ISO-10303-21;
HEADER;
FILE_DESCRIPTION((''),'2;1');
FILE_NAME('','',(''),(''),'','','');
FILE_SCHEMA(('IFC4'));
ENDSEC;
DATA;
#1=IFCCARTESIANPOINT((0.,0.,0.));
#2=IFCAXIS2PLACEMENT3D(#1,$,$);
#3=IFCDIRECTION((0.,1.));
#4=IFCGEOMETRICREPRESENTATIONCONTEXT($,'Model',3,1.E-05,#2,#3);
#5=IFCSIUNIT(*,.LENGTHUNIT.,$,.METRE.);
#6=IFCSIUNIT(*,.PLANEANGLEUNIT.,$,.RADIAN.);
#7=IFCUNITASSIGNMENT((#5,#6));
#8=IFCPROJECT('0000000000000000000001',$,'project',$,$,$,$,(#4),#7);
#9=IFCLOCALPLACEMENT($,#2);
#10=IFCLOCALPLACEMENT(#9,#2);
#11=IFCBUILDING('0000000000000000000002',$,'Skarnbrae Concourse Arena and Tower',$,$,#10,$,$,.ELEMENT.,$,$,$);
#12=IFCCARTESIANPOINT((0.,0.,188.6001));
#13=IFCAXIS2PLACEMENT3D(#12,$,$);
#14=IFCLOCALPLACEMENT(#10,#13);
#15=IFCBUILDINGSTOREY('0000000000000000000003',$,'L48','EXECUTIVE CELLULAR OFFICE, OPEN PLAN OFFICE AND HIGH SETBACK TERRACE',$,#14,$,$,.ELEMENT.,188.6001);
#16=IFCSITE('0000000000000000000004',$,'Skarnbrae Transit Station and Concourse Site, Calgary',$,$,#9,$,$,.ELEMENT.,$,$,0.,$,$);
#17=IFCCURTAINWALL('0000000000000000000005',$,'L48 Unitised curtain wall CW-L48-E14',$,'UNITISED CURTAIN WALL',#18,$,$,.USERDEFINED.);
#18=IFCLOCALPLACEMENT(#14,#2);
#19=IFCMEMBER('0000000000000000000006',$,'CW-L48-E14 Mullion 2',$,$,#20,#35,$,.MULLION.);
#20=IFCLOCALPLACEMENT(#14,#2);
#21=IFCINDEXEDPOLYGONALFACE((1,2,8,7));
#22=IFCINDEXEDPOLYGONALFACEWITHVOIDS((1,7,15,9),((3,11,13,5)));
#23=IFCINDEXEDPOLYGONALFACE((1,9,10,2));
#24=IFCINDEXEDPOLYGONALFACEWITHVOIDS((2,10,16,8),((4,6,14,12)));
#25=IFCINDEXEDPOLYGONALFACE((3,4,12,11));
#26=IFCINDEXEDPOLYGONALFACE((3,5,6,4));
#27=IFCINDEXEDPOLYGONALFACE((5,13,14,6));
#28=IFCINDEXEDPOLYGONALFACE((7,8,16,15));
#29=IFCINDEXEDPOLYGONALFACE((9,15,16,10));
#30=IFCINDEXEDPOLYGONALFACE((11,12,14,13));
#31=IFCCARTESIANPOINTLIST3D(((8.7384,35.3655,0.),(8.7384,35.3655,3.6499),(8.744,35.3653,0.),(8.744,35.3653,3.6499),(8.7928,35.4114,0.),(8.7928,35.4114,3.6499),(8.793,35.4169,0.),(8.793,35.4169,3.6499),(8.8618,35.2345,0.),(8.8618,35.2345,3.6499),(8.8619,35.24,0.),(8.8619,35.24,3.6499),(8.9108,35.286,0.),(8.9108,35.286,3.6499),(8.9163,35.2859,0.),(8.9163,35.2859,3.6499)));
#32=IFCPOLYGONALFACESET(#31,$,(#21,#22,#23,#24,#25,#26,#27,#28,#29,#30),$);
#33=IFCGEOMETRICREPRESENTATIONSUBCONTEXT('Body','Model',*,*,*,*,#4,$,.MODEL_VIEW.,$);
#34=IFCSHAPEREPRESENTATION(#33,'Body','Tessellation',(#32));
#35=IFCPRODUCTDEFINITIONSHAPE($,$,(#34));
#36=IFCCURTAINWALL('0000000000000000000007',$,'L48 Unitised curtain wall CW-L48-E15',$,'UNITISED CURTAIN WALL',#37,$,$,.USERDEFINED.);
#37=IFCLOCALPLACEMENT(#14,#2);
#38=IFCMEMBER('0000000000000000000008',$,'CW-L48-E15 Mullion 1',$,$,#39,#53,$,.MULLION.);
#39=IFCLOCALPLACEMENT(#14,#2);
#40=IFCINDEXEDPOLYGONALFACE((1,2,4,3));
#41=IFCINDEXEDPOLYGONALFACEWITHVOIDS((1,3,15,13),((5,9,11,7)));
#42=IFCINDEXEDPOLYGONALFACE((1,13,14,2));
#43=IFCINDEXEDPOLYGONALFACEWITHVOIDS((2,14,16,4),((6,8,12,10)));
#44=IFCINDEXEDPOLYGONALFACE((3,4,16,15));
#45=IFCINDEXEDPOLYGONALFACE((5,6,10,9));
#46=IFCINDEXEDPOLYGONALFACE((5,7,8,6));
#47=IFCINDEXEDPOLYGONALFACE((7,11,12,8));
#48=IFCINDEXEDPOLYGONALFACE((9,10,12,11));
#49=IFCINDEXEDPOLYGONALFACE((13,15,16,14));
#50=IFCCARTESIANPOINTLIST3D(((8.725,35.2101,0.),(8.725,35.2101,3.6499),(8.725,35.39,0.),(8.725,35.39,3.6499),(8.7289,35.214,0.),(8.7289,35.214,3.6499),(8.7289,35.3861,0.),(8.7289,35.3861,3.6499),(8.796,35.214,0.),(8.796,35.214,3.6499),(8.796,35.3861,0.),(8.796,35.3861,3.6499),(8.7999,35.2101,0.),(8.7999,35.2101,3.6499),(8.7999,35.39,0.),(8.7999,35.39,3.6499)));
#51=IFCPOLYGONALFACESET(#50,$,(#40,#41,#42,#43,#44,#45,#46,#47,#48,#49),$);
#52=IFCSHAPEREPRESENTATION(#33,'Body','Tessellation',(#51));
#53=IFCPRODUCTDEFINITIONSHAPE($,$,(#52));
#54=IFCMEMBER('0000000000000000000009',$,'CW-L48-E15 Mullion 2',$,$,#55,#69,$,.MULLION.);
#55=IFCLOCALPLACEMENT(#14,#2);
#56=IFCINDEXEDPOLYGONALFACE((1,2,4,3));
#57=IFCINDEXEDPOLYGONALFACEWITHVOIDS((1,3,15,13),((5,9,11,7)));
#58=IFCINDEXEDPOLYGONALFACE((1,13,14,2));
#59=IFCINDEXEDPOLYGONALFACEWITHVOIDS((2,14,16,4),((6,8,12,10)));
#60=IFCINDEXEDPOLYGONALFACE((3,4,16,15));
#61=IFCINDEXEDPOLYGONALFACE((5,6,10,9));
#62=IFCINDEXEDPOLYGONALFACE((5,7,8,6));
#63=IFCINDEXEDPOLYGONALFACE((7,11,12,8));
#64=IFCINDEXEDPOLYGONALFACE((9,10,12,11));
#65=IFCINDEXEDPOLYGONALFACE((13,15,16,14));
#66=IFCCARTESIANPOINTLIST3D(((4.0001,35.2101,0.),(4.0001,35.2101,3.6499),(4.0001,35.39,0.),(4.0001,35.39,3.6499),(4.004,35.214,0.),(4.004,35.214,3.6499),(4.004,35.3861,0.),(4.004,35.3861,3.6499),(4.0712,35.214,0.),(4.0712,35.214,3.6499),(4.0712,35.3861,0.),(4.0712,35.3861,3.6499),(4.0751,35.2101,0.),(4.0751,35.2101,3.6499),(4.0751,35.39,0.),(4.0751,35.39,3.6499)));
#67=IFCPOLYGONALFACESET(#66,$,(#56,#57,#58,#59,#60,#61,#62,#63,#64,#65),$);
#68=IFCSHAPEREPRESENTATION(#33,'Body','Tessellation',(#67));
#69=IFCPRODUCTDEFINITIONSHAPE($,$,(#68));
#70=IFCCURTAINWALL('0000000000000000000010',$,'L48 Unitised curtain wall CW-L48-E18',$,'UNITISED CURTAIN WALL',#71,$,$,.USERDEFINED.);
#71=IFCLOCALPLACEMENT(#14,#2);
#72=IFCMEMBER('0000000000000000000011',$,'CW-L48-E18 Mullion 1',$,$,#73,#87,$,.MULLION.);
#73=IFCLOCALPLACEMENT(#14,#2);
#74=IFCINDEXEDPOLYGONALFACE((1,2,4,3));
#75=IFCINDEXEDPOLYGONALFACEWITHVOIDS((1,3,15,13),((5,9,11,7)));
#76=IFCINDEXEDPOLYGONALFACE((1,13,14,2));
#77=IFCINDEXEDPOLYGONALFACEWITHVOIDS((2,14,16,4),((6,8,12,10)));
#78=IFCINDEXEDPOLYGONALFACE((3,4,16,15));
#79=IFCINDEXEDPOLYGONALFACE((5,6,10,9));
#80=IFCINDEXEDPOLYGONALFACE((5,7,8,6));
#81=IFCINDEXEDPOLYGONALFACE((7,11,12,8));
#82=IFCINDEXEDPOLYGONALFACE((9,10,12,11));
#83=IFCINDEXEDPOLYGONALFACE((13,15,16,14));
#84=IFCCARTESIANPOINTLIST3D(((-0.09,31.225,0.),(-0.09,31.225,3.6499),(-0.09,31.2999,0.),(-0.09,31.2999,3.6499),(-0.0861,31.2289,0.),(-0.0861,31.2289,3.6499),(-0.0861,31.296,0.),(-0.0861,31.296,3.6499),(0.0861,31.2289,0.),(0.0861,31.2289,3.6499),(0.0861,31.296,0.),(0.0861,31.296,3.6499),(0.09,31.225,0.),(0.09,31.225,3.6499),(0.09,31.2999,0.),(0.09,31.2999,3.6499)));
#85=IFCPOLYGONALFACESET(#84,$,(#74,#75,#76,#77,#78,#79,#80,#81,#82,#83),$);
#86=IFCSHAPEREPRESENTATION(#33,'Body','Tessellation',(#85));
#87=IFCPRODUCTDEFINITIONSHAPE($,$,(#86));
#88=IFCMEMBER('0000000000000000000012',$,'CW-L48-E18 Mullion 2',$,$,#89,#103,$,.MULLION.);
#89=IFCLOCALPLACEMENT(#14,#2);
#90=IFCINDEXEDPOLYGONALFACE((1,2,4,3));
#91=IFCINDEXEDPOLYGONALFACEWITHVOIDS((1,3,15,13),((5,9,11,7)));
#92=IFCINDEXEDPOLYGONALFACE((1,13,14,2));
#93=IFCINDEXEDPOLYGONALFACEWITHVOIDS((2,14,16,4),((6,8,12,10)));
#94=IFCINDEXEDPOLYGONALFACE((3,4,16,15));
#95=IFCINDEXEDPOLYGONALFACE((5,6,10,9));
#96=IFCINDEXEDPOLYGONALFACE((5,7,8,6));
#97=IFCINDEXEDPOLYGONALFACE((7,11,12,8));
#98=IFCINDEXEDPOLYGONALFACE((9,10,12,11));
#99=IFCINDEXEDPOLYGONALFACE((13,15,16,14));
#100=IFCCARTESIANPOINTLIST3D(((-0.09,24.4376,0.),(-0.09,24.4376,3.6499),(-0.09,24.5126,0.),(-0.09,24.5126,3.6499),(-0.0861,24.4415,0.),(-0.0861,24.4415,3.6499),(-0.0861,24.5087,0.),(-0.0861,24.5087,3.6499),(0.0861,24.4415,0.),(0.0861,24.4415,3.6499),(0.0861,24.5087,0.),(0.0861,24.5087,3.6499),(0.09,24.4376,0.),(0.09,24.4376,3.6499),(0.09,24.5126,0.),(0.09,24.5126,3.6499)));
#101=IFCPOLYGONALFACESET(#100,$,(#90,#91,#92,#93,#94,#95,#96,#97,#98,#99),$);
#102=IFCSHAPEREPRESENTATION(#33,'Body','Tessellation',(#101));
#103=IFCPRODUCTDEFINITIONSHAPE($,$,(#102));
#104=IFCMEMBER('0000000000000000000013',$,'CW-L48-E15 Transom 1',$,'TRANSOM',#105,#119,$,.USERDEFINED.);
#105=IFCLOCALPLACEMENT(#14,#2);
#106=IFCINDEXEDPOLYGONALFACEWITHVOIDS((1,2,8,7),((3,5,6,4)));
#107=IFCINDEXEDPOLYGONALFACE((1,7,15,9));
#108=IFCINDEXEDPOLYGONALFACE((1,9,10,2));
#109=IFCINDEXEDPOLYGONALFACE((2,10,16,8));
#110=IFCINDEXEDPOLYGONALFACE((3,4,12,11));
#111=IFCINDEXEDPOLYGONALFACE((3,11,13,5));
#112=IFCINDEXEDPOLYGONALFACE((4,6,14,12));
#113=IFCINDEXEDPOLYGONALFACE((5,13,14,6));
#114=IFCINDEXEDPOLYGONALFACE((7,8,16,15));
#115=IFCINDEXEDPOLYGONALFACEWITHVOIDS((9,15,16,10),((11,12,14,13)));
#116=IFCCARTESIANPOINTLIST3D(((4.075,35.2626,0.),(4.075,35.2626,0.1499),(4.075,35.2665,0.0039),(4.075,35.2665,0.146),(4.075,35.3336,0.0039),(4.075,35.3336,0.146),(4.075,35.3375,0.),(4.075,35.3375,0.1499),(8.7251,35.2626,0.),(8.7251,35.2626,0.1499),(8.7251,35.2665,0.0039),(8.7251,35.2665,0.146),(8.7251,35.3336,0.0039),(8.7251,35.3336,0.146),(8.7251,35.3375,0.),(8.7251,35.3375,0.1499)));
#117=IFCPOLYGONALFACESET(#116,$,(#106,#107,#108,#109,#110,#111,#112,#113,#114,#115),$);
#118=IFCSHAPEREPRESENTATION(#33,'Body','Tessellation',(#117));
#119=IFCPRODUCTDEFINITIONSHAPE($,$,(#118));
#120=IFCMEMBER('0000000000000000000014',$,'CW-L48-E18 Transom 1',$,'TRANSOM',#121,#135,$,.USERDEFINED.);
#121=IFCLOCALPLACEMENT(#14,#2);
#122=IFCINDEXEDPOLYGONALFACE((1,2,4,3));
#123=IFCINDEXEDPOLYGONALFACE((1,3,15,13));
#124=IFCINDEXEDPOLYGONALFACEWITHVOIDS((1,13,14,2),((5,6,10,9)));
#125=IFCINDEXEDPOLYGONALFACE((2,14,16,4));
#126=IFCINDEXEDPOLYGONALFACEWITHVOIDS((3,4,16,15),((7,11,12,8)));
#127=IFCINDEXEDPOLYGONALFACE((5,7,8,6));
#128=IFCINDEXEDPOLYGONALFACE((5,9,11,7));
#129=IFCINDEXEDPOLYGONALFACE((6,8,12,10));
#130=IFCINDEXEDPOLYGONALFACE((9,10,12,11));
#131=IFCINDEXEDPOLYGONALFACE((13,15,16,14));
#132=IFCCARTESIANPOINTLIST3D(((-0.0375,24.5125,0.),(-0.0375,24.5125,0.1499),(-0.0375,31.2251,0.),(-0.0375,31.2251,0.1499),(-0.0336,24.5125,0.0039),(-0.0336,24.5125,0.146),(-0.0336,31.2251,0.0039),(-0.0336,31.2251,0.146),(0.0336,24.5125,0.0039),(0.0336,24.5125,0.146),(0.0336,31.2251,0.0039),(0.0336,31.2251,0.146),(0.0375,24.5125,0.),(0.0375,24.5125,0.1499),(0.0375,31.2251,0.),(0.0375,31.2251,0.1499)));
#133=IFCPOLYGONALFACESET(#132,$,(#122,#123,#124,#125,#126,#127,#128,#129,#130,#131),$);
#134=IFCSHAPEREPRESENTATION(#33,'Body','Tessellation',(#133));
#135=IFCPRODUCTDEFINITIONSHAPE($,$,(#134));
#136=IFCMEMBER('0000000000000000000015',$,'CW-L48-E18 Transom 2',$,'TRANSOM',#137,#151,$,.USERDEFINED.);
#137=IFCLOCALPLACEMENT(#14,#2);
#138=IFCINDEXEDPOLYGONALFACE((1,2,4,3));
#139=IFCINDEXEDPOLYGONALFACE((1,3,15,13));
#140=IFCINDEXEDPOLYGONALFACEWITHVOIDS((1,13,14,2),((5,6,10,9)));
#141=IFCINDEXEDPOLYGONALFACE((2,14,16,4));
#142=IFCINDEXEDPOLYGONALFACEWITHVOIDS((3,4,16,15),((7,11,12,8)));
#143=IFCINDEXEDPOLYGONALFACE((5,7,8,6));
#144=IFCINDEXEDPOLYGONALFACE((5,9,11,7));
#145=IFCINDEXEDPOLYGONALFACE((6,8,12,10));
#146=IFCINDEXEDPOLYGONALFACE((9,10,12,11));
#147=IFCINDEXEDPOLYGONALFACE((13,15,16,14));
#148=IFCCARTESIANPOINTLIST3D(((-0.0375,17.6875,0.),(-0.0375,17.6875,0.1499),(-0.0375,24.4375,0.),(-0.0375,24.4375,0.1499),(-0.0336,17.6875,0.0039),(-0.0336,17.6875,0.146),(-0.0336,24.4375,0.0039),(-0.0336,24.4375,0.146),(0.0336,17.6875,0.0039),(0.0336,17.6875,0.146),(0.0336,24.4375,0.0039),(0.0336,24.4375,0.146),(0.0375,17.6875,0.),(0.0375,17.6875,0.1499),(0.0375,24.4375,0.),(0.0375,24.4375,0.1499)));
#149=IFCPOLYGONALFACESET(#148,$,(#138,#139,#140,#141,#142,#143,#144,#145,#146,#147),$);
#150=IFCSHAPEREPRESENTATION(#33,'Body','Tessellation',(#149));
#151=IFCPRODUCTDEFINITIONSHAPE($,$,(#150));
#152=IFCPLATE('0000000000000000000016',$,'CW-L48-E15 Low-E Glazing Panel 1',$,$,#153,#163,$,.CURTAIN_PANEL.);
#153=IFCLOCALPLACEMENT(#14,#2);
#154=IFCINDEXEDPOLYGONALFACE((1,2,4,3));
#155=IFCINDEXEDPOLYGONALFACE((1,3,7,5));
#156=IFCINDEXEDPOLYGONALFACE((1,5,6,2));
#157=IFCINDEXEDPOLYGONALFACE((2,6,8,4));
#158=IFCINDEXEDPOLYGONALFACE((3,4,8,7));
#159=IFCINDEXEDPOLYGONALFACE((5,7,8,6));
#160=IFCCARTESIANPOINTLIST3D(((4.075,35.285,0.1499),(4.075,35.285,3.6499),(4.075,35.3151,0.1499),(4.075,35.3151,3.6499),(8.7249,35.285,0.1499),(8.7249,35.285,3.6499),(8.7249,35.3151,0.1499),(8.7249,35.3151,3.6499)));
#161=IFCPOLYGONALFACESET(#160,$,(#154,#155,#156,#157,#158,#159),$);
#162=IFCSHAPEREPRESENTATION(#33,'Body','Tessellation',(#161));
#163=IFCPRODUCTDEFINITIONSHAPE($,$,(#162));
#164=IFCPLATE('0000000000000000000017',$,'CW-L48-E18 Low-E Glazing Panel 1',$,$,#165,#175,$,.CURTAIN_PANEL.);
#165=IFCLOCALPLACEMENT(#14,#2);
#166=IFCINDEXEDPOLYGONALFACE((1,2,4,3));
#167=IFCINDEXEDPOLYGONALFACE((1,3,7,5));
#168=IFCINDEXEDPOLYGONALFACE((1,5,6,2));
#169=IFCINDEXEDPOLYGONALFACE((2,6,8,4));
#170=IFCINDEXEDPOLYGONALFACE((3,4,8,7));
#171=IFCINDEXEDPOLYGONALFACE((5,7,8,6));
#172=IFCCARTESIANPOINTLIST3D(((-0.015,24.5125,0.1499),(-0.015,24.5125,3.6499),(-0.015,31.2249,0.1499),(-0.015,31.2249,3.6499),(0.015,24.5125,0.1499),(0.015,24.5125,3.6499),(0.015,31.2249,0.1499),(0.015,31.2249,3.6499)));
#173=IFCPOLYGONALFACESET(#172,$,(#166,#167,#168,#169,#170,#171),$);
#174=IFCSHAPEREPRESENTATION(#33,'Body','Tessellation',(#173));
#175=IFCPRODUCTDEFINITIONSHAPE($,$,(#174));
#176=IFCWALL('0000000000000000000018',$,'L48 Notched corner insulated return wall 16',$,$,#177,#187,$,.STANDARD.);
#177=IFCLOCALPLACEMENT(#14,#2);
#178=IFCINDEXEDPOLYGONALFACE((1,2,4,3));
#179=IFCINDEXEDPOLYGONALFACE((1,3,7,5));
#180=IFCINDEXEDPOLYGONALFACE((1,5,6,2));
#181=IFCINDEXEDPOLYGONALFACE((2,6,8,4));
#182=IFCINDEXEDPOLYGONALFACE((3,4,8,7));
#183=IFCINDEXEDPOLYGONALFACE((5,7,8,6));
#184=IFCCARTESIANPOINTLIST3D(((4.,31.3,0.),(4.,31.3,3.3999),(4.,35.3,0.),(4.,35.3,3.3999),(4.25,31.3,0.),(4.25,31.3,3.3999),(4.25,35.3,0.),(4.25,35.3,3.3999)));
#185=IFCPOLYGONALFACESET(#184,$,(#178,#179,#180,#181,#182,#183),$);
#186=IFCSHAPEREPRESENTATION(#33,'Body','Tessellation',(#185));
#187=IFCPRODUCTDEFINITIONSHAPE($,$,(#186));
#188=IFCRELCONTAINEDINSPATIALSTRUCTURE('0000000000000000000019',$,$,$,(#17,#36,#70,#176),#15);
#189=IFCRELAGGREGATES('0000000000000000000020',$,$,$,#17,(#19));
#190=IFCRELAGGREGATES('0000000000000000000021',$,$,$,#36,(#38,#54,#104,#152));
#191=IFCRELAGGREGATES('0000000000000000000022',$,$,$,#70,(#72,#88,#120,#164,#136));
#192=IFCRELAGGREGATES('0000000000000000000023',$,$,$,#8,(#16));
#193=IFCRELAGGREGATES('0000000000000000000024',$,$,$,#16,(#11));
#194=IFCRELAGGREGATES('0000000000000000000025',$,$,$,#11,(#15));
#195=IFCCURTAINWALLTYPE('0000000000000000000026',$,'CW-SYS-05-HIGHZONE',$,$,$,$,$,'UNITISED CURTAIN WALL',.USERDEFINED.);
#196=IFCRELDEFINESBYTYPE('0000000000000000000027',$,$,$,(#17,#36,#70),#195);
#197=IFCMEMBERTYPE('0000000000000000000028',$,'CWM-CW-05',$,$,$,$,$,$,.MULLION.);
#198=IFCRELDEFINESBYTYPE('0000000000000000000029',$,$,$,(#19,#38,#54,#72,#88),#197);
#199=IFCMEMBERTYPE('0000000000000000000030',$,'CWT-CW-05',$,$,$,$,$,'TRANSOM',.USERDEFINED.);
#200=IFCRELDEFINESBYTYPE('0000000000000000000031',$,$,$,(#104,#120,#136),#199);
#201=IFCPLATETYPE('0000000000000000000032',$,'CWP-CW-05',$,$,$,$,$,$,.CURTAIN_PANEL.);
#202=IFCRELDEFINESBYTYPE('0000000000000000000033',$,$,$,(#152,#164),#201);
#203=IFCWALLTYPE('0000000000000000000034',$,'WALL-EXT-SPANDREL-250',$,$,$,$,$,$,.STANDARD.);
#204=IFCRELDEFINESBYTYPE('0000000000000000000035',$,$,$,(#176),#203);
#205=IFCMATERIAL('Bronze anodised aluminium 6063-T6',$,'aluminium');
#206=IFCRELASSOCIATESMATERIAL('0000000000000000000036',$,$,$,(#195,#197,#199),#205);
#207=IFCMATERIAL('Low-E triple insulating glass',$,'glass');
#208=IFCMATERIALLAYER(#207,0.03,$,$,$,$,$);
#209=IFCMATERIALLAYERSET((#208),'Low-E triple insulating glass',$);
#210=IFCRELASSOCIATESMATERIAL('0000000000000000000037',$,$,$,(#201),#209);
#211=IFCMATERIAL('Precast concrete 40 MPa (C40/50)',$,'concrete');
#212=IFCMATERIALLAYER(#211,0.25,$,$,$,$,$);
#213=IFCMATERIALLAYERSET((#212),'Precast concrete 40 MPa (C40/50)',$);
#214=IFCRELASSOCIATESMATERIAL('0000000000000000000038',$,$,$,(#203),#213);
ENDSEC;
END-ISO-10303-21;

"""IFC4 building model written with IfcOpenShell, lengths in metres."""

from ifc_helpers import new_model, si_unit, direction, frame, frame_2d, origin, origin_2d, place, context, subcontext, project, spatial, rectangle, hollow_rectangle, extrude, source, transform, mapped, material, layer, layer_set, material_profile, profile_set, type_object, element, aggregate, save


model = new_model("IFC4")

# Units and contexts
model_context = context("Model", 3, precision=1e-05, world=origin(), true_north=direction((0.0, 1.0)))
body_context = subcontext(model_context, "Body", "Model", "MODEL_VIEW")
ifc_project = project(units=[si_unit("LENGTHUNIT", "METRE"), si_unit("PLANEANGLEUNIT", "RADIAN")], contexts=[model_context])

# Site, building, storey
site_placement = place(None, origin())
site = spatial("IfcSite", under=ifc_project, at=site_placement, Name="Skarnbrae Transit Station and Concourse Site, Calgary", CompositionType="ELEMENT", RefElevation=0.0)
building_placement = place(site_placement, origin())
building = spatial("IfcBuilding", under=site, at=building_placement, Name="Skarnbrae Concourse Arena and Tower", CompositionType="ELEMENT")
storey_placement = place(building_placement, frame((0.0, 0.0, 188.6001)))
storey = spatial("IfcBuildingStorey", under=building, at=storey_placement, Name="L48", Description="EXECUTIVE CELLULAR OFFICE, OPEN PLAN OFFICE AND HIGH SETBACK TERRACE", CompositionType="ELEMENT", Elevation=188.6001)

# Curtain wall, member
ifc_material_1 = material(Name="Bronze anodised aluminium 6063-T6", Category="aluminium")
curtain_wall_type = type_object("IfcCurtainWallType", Name="CW-SYS-05-HIGHZONE", ElementType="UNITISED CURTAIN WALL", PredefinedType="USERDEFINED", material=ifc_material_1)
curtain_wall_1_placement = place(storey_placement, origin())
curtain_wall_1 = element("IfcCurtainWall", 1, at=curtain_wall_1_placement, inside=storey, type_object=curtain_wall_type, Name="L48 Unitised curtain wall CW-L48-E14", ObjectType="UNITISED CURTAIN WALL", PredefinedType="USERDEFINED")
ifc_material_profile_1 = material_profile(ifc_material_1, hollow_rectangle(XDim=0.075, YDim=0.1799, WallThickness=0.0039, at=origin_2d()), Name="ALU-MULL-75X180")
ifc_profile_set_1 = profile_set([ifc_material_profile_1], Name="Bronze anodised aluminium 6063-T6")
member_type_1 = type_object("IfcMemberType", Name="CWM-CW-05", PredefinedType="MULLION", material=ifc_profile_set_1)
shared_shape_1 = source(origin(), body_context, "Body", "SweptSolid", [
    extrude(hollow_rectangle(XDim=0.075, YDim=0.1799, WallThickness=0.0039, at=origin_2d()), origin(), (0.0, 0.0, 1.0), 3.6499),
])
member_1_placement = place(storey_placement, frame((8.8274, 35.3257, 0.0), z_axis=(0.0, 0.0, 1.0), x_axis=(-0.728131, -0.685438, 0.0)))
member_1 = element("IfcMember", 2, at=member_1_placement, type_object=member_type_1, Name="CW-L48-E14 Mullion 2", PredefinedType="MULLION", context=body_context, shape_type="MappedRepresentation", body=[
    mapped(shared_shape_1, transform((0.0, 0.0, 0.0))),
])
aggregate(curtain_wall_1, [member_1])

# Curtain walls, members
curtain_wall_2_placement = place(storey_placement, origin())
curtain_wall_2 = element("IfcCurtainWall", 3, at=curtain_wall_2_placement, inside=storey, type_object=curtain_wall_type, Name="L48 Unitised curtain wall CW-L48-E15", ObjectType="UNITISED CURTAIN WALL", PredefinedType="USERDEFINED")
member_2_placement = place(storey_placement, frame((8.7625, 35.3, 0.0), z_axis=(0.0, 0.0, 1.0), x_axis=(-1.0, 0.0, 0.0)))
member_2 = element("IfcMember", 4, at=member_2_placement, type_object=member_type_1, Name="CW-L48-E15 Mullion 1", PredefinedType="MULLION", context=body_context, shape_type="MappedRepresentation", body=[
    mapped(shared_shape_1, transform((0.0, 0.0, 0.0))),
])
member_3_placement = place(storey_placement, frame((4.0376, 35.3, 0.0), z_axis=(0.0, 0.0, 1.0), x_axis=(-1.0, 0.0, 0.0)))
member_3 = element("IfcMember", 5, at=member_3_placement, type_object=member_type_1, Name="CW-L48-E15 Mullion 2", PredefinedType="MULLION", context=body_context, shape_type="MappedRepresentation", body=[
    mapped(shared_shape_1, transform((0.0, 0.0, 0.0))),
])
curtain_wall_3_placement = place(storey_placement, origin())
curtain_wall_3 = element("IfcCurtainWall", 6, at=curtain_wall_3_placement, inside=storey, type_object=curtain_wall_type, Name="L48 Unitised curtain wall CW-L48-E18", ObjectType="UNITISED CURTAIN WALL", PredefinedType="USERDEFINED")
member_4_placement = place(storey_placement, frame((0.0, 31.2625, 0.0), z_axis=(0.0, 0.0, 1.0), x_axis=(0.0, -1.0, 0.0)))
member_4 = element("IfcMember", 7, at=member_4_placement, type_object=member_type_1, Name="CW-L48-E18 Mullion 1", PredefinedType="MULLION", context=body_context, shape_type="MappedRepresentation", body=[
    mapped(shared_shape_1, transform((0.0, 0.0, 0.0))),
])
member_5_placement = place(storey_placement, frame((0.0, 24.4751, 0.0), z_axis=(0.0, 0.0, 1.0), x_axis=(0.0, -1.0, 0.0)))
member_5 = element("IfcMember", 8, at=member_5_placement, type_object=member_type_1, Name="CW-L48-E18 Mullion 2", PredefinedType="MULLION", context=body_context, shape_type="MappedRepresentation", body=[
    mapped(shared_shape_1, transform((0.0, 0.0, 0.0))),
])

# Members
ifc_material_profile_2 = material_profile(ifc_material_1, hollow_rectangle(XDim=0.075, YDim=0.1499, WallThickness=0.0039, at=origin_2d()), Name="ALU-TRAN-75X150")
ifc_profile_set_2 = profile_set([ifc_material_profile_2], Name="Bronze anodised aluminium 6063-T6")
member_type_2 = type_object("IfcMemberType", Name="CWT-CW-05", ElementType="TRANSOM", PredefinedType="USERDEFINED", material=ifc_profile_set_2)
shared_shape_2 = source(origin(), body_context, "Body", "SweptSolid", [
    extrude(hollow_rectangle(XDim=0.075, YDim=0.1499, WallThickness=0.0039, at=origin_2d()), origin(), (0.0, 0.0, 1.0), 4.6501),
])
member_6_placement = place(storey_placement, frame((8.7251, 35.3, 0.075), z_axis=(-1.0, 0.0, 0.0), x_axis=(0.0, -1.0, 0.0)))
member_6 = element("IfcMember", 9, at=member_6_placement, type_object=member_type_2, Name="CW-L48-E15 Transom 1", ObjectType="TRANSOM", PredefinedType="USERDEFINED", context=body_context, shape_type="MappedRepresentation", body=[
    mapped(shared_shape_2, transform((0.0, 0.0, 0.0))),
])
shared_shape_3 = source(origin(), body_context, "Body", "SweptSolid", [
    extrude(hollow_rectangle(XDim=0.075, YDim=0.1499, WallThickness=0.0039, at=origin_2d()), origin(), (0.0, 0.0, 1.0), 6.7126),
])
member_7_placement = place(storey_placement, frame((0.0, 31.2251, 0.075), z_axis=(0.0, -1.0, 0.0), x_axis=(1.0, 0.0, 0.0)))
member_7 = element("IfcMember", 10, at=member_7_placement, type_object=member_type_2, Name="CW-L48-E18 Transom 1", ObjectType="TRANSOM", PredefinedType="USERDEFINED", context=body_context, shape_type="MappedRepresentation", body=[
    mapped(shared_shape_3, transform((0.0, 0.0, 0.0))),
])
shared_shape_4 = source(origin(), body_context, "Body", "SweptSolid", [
    extrude(hollow_rectangle(XDim=0.075, YDim=0.1499, WallThickness=0.0039, at=origin_2d()), origin(), (0.0, 0.0, 1.0), 6.75),
])
member_8_placement = place(storey_placement, frame((0.0, 24.4375, 0.075), z_axis=(0.0, -1.0, 0.0), x_axis=(1.0, 0.0, 0.0)))
member_8 = element("IfcMember", 11, at=member_8_placement, type_object=member_type_2, Name="CW-L48-E18 Transom 2", ObjectType="TRANSOM", PredefinedType="USERDEFINED", context=body_context, shape_type="MappedRepresentation", body=[
    mapped(shared_shape_4, transform((0.0, 0.0, 0.0))),
])

# Plates
ifc_material_2 = material(Name="Low-E triple insulating glass", Category="glass")
ifc_layer_1 = layer(ifc_material_2, 0.03)
ifc_layer_set_1 = layer_set([ifc_layer_1], Name="Low-E triple insulating glass")
plate_type = type_object("IfcPlateType", Name="CWP-CW-05", PredefinedType="CURTAIN_PANEL", material=ifc_layer_set_1)
shared_shape_5 = source(origin(), body_context, "Body", "SweptSolid", [
    extrude(rectangle(XDim=4.6499, YDim=0.03, at=origin_2d()), origin(), (0.0, 0.0, 1.0), 3.5),
])
plate_1_placement = place(storey_placement, frame((6.3999, 35.3, 0.1499), z_axis=(0.0, 0.0, 1.0), x_axis=(-1.0, 0.0, 0.0)))
plate_1 = element("IfcPlate", 12, at=plate_1_placement, type_object=plate_type, Name="CW-L48-E15 Low-E Glazing Panel 1", PredefinedType="CURTAIN_PANEL", context=body_context, shape_type="MappedRepresentation", body=[
    mapped(shared_shape_5, transform((0.0, 0.0, 0.0))),
])
aggregate(curtain_wall_2, [member_2, member_3, member_6, plate_1])
shared_shape_6 = source(origin(), body_context, "Body", "SweptSolid", [
    extrude(rectangle(XDim=6.7124, YDim=0.03, at=origin_2d()), origin(), (0.0, 0.0, 1.0), 3.5),
])
plate_2_placement = place(storey_placement, frame((0.0, 27.8687, 0.1499), z_axis=(0.0, 0.0, 1.0), x_axis=(0.0, -1.0, 0.0)))
plate_2 = element("IfcPlate", 13, at=plate_2_placement, type_object=plate_type, Name="CW-L48-E18 Low-E Glazing Panel 1", PredefinedType="CURTAIN_PANEL", context=body_context, shape_type="MappedRepresentation", body=[
    mapped(shared_shape_6, transform((0.0, 0.0, 0.0))),
])
aggregate(curtain_wall_3, [member_4, member_5, member_7, plate_2, member_8])

# Wall
ifc_material_3 = material(Name="Precast concrete 40 MPa (C40/50)", Category="concrete")
ifc_layer_2 = layer(ifc_material_3, 0.25)
ifc_layer_set_2 = layer_set([ifc_layer_2], Name="Precast concrete 40 MPa (C40/50)")
wall_type_1 = type_object("IfcWallType", Name="WALL-EXT-SPANDREL-250", PredefinedType="STANDARD", material=ifc_layer_set_2)
shared_shape_7 = source(origin(), body_context, "Body", "SweptSolid", [
    extrude(rectangle(XDim=4.0, YDim=0.25, at=frame_2d((2.0, 0.0))), origin(), (0.0, 0.0, 1.0), 3.3999),
])
for number, where, z_axis, x_axis, name in (
    (14, (4.125, 35.3, 0.0), (0.0, 0.0, 1.0), (0.0, -1.0, 0.0), "L48 Notched corner insulated return wall 16"),
):
    element("IfcWall", number, at=place(storey_placement, frame(where, z_axis=z_axis, x_axis=x_axis)), inside=storey, type_object=wall_type_1, Name=name, PredefinedType="STANDARD", context=body_context, shape_type="MappedRepresentation", body=[
        mapped(shared_shape_7, transform((0.0, 0.0, 0.0))),
    ])

save(model, "model.ifc")
